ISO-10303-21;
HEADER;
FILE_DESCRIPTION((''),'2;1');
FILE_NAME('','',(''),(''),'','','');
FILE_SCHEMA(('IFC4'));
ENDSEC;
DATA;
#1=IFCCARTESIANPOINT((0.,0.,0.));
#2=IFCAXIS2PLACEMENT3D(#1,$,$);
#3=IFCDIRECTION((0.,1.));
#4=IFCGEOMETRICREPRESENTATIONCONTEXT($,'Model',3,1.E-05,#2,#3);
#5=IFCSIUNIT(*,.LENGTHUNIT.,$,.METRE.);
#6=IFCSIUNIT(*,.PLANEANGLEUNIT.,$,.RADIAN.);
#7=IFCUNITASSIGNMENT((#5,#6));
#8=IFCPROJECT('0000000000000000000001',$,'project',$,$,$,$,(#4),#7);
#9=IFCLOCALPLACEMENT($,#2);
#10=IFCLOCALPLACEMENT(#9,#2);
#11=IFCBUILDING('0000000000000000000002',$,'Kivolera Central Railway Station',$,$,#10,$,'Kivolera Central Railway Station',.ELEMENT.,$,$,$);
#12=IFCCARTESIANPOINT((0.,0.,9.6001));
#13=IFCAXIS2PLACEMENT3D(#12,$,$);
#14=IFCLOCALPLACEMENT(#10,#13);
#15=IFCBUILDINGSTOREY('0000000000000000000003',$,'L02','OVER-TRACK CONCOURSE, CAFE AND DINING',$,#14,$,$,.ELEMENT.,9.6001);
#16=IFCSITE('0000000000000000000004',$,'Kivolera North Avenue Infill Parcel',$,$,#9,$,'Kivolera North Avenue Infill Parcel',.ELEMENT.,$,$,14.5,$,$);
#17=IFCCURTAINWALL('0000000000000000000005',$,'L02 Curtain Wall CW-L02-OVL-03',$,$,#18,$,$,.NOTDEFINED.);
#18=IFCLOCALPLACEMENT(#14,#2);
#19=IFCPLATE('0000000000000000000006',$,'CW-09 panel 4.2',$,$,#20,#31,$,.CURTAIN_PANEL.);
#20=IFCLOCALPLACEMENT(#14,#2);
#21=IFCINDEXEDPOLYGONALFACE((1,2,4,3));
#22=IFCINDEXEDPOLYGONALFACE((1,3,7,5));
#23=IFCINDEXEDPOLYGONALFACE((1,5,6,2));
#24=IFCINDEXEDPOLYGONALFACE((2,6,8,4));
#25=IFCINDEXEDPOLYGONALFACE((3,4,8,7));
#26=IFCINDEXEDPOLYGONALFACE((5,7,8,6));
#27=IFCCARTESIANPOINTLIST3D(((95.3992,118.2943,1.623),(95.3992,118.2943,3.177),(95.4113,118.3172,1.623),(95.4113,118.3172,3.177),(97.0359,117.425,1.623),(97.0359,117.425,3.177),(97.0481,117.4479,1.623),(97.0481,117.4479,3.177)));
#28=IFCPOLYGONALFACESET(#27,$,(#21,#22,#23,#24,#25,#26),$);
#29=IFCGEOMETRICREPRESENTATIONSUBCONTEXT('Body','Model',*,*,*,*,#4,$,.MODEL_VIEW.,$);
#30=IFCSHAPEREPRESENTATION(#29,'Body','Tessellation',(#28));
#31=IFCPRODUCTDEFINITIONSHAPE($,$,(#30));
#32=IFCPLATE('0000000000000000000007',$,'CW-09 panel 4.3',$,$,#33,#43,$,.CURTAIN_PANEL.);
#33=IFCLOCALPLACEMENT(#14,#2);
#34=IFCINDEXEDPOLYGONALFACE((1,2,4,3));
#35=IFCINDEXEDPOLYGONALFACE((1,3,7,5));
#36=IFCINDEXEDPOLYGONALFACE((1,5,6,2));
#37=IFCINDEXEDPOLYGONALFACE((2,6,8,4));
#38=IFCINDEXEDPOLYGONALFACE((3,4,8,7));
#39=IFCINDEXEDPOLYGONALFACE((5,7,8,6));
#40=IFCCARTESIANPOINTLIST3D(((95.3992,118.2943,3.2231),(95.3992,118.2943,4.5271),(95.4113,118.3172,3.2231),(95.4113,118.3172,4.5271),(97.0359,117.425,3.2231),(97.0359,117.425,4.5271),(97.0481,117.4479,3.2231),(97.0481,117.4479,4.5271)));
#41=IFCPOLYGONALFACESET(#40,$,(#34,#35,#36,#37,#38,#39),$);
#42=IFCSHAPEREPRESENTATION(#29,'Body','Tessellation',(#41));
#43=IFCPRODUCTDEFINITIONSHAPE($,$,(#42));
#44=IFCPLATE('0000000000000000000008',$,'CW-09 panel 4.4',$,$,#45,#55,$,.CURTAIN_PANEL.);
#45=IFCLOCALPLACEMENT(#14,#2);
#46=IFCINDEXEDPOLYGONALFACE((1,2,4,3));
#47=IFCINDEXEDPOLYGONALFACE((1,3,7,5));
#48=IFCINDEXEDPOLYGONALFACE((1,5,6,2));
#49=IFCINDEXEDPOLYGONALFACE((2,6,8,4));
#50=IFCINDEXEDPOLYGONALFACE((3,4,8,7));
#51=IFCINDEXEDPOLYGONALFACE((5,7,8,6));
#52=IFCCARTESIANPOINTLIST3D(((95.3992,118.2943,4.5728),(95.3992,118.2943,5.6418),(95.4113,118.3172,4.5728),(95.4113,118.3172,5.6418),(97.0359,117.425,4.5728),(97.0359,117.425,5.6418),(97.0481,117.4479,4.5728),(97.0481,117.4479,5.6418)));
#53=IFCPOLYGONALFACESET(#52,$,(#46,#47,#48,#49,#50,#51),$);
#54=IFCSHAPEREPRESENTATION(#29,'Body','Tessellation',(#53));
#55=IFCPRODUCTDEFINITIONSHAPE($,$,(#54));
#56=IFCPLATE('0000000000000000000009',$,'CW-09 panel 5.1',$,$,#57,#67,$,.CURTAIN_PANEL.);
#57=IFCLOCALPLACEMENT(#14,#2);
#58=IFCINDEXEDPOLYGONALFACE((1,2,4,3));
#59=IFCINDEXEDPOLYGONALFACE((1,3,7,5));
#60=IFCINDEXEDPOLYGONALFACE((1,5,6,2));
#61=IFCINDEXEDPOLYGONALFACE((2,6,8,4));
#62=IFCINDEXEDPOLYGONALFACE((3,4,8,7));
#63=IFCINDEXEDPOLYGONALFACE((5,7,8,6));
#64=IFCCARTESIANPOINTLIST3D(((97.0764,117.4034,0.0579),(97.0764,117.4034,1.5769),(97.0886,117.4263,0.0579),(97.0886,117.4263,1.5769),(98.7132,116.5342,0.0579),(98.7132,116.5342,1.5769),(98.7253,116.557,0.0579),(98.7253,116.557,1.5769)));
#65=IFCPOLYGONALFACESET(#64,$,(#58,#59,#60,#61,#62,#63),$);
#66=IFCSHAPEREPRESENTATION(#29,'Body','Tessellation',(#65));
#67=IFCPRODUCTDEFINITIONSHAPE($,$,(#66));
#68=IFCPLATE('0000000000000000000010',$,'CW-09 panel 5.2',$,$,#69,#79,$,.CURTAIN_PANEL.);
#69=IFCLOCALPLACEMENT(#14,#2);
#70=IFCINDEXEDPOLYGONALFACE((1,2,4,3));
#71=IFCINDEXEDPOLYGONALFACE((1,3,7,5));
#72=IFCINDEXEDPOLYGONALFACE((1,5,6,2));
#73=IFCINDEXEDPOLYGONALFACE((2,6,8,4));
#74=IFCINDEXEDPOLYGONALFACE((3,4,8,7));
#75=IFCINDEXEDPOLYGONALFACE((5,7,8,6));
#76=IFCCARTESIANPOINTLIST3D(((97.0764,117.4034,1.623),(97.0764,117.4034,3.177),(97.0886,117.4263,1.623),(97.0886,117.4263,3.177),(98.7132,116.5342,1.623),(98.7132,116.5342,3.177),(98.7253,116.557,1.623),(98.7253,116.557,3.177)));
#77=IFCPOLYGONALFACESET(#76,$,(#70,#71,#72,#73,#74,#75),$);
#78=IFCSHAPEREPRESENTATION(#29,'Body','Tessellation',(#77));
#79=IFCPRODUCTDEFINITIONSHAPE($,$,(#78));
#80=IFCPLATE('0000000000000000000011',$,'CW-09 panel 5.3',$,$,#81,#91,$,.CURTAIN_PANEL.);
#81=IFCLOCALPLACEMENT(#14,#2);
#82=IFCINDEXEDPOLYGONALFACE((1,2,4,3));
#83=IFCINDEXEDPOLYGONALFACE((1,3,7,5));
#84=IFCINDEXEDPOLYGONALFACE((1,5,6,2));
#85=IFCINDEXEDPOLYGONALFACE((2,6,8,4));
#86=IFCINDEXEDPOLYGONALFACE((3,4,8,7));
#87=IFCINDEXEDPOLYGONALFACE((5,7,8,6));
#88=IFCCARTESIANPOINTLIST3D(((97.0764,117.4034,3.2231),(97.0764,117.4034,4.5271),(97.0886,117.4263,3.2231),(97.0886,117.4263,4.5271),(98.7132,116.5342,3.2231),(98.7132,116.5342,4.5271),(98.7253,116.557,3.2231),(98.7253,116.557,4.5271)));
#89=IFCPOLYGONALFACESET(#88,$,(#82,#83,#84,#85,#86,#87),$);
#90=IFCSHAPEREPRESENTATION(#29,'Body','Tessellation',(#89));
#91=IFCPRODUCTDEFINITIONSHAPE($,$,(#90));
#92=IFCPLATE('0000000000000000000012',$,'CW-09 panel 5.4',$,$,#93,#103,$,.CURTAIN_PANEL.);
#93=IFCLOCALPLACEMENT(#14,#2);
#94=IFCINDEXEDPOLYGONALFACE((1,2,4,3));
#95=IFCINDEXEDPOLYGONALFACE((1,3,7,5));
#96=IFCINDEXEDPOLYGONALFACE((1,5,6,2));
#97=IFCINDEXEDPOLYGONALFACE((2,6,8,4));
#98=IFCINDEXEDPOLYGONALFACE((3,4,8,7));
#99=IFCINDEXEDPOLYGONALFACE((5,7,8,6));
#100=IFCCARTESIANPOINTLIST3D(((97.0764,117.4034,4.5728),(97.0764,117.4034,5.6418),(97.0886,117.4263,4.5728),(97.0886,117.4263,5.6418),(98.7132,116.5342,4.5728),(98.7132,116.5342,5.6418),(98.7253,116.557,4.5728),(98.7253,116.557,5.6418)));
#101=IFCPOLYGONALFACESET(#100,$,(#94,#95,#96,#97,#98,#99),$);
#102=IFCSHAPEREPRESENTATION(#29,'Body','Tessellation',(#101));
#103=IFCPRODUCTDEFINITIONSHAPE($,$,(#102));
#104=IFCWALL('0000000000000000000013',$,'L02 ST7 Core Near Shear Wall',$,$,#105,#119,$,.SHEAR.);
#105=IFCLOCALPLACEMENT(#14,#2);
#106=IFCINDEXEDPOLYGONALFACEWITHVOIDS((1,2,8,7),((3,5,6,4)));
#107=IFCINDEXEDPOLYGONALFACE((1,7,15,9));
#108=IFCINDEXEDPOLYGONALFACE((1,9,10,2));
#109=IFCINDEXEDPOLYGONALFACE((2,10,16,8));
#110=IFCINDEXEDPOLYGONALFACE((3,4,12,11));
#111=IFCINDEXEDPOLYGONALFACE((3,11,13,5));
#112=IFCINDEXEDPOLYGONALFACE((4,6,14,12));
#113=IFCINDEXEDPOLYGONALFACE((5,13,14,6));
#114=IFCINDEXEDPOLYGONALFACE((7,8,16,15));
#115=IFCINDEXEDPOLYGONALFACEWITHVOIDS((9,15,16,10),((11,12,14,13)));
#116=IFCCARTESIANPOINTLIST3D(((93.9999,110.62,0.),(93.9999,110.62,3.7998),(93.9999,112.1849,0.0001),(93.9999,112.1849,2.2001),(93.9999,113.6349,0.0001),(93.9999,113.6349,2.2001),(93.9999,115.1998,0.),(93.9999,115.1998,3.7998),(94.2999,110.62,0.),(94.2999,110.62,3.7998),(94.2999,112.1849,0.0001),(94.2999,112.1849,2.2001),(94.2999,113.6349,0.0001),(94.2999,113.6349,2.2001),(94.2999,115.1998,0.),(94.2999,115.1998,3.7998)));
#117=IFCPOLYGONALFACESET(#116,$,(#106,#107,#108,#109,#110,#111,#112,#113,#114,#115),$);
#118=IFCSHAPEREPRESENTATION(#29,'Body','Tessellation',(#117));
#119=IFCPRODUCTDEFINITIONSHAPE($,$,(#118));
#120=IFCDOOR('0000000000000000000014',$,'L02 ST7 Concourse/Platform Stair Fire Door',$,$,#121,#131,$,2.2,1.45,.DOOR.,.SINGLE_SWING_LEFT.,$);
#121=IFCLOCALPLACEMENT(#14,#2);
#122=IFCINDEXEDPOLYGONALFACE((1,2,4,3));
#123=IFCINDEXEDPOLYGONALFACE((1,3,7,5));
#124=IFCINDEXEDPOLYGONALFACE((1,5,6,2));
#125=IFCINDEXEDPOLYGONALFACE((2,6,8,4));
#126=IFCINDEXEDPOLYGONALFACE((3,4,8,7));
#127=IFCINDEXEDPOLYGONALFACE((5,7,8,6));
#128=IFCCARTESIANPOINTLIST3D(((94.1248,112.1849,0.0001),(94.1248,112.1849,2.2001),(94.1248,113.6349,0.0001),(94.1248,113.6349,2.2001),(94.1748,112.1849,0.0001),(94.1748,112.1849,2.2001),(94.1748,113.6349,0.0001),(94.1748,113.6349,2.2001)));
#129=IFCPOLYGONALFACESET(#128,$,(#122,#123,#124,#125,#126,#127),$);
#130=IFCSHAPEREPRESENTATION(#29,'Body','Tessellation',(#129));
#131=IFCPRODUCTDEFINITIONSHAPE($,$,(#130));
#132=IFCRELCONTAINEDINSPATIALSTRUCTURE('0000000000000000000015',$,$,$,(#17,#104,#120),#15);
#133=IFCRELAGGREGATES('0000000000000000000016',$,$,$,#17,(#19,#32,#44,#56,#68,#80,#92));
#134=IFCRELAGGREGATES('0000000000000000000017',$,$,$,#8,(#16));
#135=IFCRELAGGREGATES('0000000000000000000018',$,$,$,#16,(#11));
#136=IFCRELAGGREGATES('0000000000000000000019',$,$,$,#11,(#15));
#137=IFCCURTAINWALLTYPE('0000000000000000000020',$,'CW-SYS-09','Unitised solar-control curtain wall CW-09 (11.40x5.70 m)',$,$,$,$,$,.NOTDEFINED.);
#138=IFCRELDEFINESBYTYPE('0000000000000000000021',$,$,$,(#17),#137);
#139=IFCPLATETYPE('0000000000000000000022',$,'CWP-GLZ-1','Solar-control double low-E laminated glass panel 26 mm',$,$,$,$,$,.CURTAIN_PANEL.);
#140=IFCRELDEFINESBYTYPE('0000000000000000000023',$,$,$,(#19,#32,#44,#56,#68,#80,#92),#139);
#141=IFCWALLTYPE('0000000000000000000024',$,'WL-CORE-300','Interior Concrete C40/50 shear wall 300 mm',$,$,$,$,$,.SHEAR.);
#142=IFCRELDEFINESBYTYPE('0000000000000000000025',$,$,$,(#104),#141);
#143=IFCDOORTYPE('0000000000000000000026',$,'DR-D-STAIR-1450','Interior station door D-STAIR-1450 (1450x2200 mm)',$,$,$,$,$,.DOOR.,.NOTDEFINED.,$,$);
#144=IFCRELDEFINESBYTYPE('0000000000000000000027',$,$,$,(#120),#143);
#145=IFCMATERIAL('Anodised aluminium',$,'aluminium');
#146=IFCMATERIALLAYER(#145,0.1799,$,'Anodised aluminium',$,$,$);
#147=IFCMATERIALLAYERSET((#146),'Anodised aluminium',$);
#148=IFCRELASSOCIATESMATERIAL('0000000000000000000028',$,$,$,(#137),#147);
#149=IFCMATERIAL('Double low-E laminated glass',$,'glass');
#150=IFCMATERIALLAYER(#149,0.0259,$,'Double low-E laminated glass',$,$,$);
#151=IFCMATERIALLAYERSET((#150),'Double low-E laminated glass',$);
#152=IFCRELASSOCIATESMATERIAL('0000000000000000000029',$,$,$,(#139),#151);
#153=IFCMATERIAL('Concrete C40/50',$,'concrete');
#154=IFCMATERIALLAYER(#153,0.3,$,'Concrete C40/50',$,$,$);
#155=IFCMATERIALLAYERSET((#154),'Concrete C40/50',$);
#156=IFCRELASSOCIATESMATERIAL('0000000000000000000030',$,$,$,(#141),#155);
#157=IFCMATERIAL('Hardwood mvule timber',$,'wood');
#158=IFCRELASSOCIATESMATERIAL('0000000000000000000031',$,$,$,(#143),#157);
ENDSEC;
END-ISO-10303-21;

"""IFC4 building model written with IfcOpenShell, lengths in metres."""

from ifc_helpers import new_model, si_unit, direction, frame, frame_2d, origin, origin_2d, place, context, subcontext, project, spatial, rectangle, extrude, material, layer, layer_set, type_object, element, fill, aggregate, save


model = new_model("IFC4")

# Units and contexts
model_context = context("Model", 3, precision=1e-05, world=origin(), true_north=direction((0.0, 1.0)))
body_context = subcontext(model_context, "Body", "Model", "MODEL_VIEW")
ifc_project = project(units=[si_unit("LENGTHUNIT", "METRE"), si_unit("PLANEANGLEUNIT", "RADIAN")], contexts=[model_context])

# Site, building, storey
site_placement = place(None, origin())
site = spatial("IfcSite", under=ifc_project, at=site_placement, Name="Kivolera North Avenue Infill Parcel", LongName="Kivolera North Avenue Infill Parcel", CompositionType="ELEMENT", RefElevation=14.5)
building_placement = place(site_placement, origin())
building = spatial("IfcBuilding", under=site, at=building_placement, Name="Kivolera Central Railway Station", LongName="Kivolera Central Railway Station", CompositionType="ELEMENT")
storey_placement = place(building_placement, frame((0.0, 0.0, 9.6001)))
storey = spatial("IfcBuildingStorey", under=building, at=storey_placement, Name="L02", Description="OVER-TRACK CONCOURSE, CAFE AND DINING", CompositionType="ELEMENT", Elevation=9.6001)

# Curtain wall, plates
ifc_material_1 = material(Name="Anodised aluminium", Category="aluminium")
ifc_layer_1 = layer(ifc_material_1, 0.1799, Name="Anodised aluminium")
ifc_layer_set_1 = layer_set([ifc_layer_1], Name="Anodised aluminium")
curtain_wall_type = type_object("IfcCurtainWallType", Name="CW-SYS-09", Description="Unitised solar-control curtain wall CW-09 (11.40x5.70 m)", PredefinedType="NOTDEFINED", material=ifc_layer_set_1)
curtain_wall_placement = place(storey_placement, origin())
curtain_wall = element("IfcCurtainWall", 1, at=curtain_wall_placement, inside=storey, type_object=curtain_wall_type, Name="L02 Curtain Wall CW-L02-OVL-03", PredefinedType="NOTDEFINED")
ifc_material_2 = material(Name="Double low-E laminated glass", Category="glass")
ifc_layer_2 = layer(ifc_material_2, 0.0259, Name="Double low-E laminated glass")
ifc_layer_set_2 = layer_set([ifc_layer_2], Name="Double low-E laminated glass")
plate_type = type_object("IfcPlateType", Name="CWP-GLZ-1", Description="Solar-control double low-E laminated glass panel 26 mm", PredefinedType="CURTAIN_PANEL", material=ifc_layer_set_2)
plate_1_placement = place(storey_placement, frame((96.2236, 117.8711, 1.623), z_axis=(0.0, 0.0, 1.0), x_axis=(0.88317, -0.469053, 0.0)))
plate_1 = element("IfcPlate", 2, at=plate_1_placement, type_object=plate_type, Name="CW-09 panel 4.2", PredefinedType="CURTAIN_PANEL", context=body_context, shape_type="SweptSolid", body=[
    extrude(rectangle(XDim=1.8533, YDim=0.0259, at=origin_2d()), origin(), (0.0, 0.0, 1.0), 1.554),
])
plate_2_placement = place(storey_placement, frame((96.2236, 117.8711, 3.2231), z_axis=(0.0, 0.0, 1.0), x_axis=(0.88317, -0.469053, 0.0)))
plate_2 = element("IfcPlate", 3, at=plate_2_placement, type_object=plate_type, Name="CW-09 panel 4.3", PredefinedType="CURTAIN_PANEL", context=body_context, shape_type="SweptSolid", body=[
    extrude(rectangle(XDim=1.8533, YDim=0.0259, at=origin_2d()), origin(), (0.0, 0.0, 1.0), 1.304),
])
plate_3_placement = place(storey_placement, frame((96.2236, 117.8711, 4.5728), z_axis=(0.0, 0.0, 1.0), x_axis=(0.88317, -0.469053, 0.0)))
plate_3 = element("IfcPlate", 4, at=plate_3_placement, type_object=plate_type, Name="CW-09 panel 4.4", PredefinedType="CURTAIN_PANEL", context=body_context, shape_type="SweptSolid", body=[
    extrude(rectangle(XDim=1.8533, YDim=0.0259, at=origin_2d()), origin(), (0.0, 0.0, 1.0), 1.0691),
])
plate_4_placement = place(storey_placement, frame((97.9009, 116.9802, 0.0579), z_axis=(0.0, 0.0, 1.0), x_axis=(0.88317, -0.469053, 0.0)))
plate_4 = element("IfcPlate", 5, at=plate_4_placement, type_object=plate_type, Name="CW-09 panel 5.1", PredefinedType="CURTAIN_PANEL", context=body_context, shape_type="SweptSolid", body=[
    extrude(rectangle(XDim=1.8533, YDim=0.0259, at=origin_2d()), origin(), (0.0, 0.0, 1.0), 1.519),
])
plate_5_placement = place(storey_placement, frame((97.9009, 116.9802, 1.623), z_axis=(0.0, 0.0, 1.0), x_axis=(0.88317, -0.469053, 0.0)))
plate_5 = element("IfcPlate", 6, at=plate_5_placement, type_object=plate_type, Name="CW-09 panel 5.2", PredefinedType="CURTAIN_PANEL", context=body_context, shape_type="SweptSolid", body=[
    extrude(rectangle(XDim=1.8533, YDim=0.0259, at=origin_2d()), origin(), (0.0, 0.0, 1.0), 1.554),
])
plate_6_placement = place(storey_placement, frame((97.9009, 116.9802, 3.2231), z_axis=(0.0, 0.0, 1.0), x_axis=(0.88317, -0.469053, 0.0)))
plate_6 = element("IfcPlate", 7, at=plate_6_placement, type_object=plate_type, Name="CW-09 panel 5.3", PredefinedType="CURTAIN_PANEL", context=body_context, shape_type="SweptSolid", body=[
    extrude(rectangle(XDim=1.8533, YDim=0.0259, at=origin_2d()), origin(), (0.0, 0.0, 1.0), 1.304),
])
plate_7_placement = place(storey_placement, frame((97.9009, 116.9802, 4.5728), z_axis=(0.0, 0.0, 1.0), x_axis=(0.88317, -0.469053, 0.0)))
plate_7 = element("IfcPlate", 8, at=plate_7_placement, type_object=plate_type, Name="CW-09 panel 5.4", PredefinedType="CURTAIN_PANEL", context=body_context, shape_type="SweptSolid", body=[
    extrude(rectangle(XDim=1.8533, YDim=0.0259, at=origin_2d()), origin(), (0.0, 0.0, 1.0), 1.0691),
])
aggregate(curtain_wall, [plate_1, plate_2, plate_3, plate_4, plate_5, plate_6, plate_7])

# Wall, opening, door
ifc_material_3 = material(Name="Concrete C40/50", Category="concrete")
ifc_layer_3 = layer(ifc_material_3, 0.3, Name="Concrete C40/50")
ifc_layer_set_3 = layer_set([ifc_layer_3], Name="Concrete C40/50")
wall_type = type_object("IfcWallType", Name="WL-CORE-300", Description="Interior Concrete C40/50 shear wall 300 mm", PredefinedType="SHEAR", material=ifc_layer_set_3)
wall_placement = place(storey_placement, frame((94.1499, 115.2, 0.0), z_axis=(0.0, 0.0, 1.0), x_axis=(0.0, -1.0, 0.0)))
wall = element("IfcWall", 9, at=wall_placement, inside=storey, type_object=wall_type, Name="L02 ST7 Core Near Shear Wall", PredefinedType="SHEAR", context=body_context, shape_type="SweptSolid", body=[
    extrude(rectangle(XDim=4.5798, YDim=0.3, at=frame_2d((2.29, 0.0))), origin(), (0.0, 0.0, 1.0), 3.7998),
])
opening_placement = place(wall_placement, frame((1.5649, 0.0, 0.0)))
opening = element("IfcOpeningElement", 10, at=opening_placement, cuts=wall, PredefinedType="OPENING", context=body_context, shape_type="SweptSolid", body=[
    extrude(rectangle(XDim=1.45, YDim=2.2, at=frame_2d((0.7251, 1.1001))), frame((0.0, 0.1599, 0.0), z_axis=(0.0, -1.0, 0.0), x_axis=(1.0, 0.0, 0.0)), (0.0, 0.0, 1.0), 0.3201),
])
ifc_material_4 = material(Name="Hardwood mvule timber", Category="wood")
door_type = type_object("IfcDoorType", Name="DR-D-STAIR-1450", Description="Interior station door D-STAIR-1450 (1450x2200 mm)", OperationType="NOTDEFINED", PredefinedType="DOOR", material=ifc_material_4)
door_placement = place(opening_placement, origin())
door = element("IfcDoor", 11, at=door_placement, inside=storey, type_object=door_type, Name="L02 ST7 Concourse/Platform Stair Fire Door", OperationType="SINGLE_SWING_LEFT", OverallHeight=2.2, OverallWidth=1.45, PredefinedType="DOOR", context=body_context, shape_type="SweptSolid", body=[
    extrude(rectangle(XDim=1.45, YDim=2.2, at=frame_2d((0.7251, 1.1001))), frame((0.0, 0.0249, 0.0), z_axis=(0.0, -1.0, 0.0), x_axis=(1.0, 0.0, 0.0)), (0.0, 0.0, 1.0), 0.05),
])
fill(opening, door)

save(model, "model.ifc")
